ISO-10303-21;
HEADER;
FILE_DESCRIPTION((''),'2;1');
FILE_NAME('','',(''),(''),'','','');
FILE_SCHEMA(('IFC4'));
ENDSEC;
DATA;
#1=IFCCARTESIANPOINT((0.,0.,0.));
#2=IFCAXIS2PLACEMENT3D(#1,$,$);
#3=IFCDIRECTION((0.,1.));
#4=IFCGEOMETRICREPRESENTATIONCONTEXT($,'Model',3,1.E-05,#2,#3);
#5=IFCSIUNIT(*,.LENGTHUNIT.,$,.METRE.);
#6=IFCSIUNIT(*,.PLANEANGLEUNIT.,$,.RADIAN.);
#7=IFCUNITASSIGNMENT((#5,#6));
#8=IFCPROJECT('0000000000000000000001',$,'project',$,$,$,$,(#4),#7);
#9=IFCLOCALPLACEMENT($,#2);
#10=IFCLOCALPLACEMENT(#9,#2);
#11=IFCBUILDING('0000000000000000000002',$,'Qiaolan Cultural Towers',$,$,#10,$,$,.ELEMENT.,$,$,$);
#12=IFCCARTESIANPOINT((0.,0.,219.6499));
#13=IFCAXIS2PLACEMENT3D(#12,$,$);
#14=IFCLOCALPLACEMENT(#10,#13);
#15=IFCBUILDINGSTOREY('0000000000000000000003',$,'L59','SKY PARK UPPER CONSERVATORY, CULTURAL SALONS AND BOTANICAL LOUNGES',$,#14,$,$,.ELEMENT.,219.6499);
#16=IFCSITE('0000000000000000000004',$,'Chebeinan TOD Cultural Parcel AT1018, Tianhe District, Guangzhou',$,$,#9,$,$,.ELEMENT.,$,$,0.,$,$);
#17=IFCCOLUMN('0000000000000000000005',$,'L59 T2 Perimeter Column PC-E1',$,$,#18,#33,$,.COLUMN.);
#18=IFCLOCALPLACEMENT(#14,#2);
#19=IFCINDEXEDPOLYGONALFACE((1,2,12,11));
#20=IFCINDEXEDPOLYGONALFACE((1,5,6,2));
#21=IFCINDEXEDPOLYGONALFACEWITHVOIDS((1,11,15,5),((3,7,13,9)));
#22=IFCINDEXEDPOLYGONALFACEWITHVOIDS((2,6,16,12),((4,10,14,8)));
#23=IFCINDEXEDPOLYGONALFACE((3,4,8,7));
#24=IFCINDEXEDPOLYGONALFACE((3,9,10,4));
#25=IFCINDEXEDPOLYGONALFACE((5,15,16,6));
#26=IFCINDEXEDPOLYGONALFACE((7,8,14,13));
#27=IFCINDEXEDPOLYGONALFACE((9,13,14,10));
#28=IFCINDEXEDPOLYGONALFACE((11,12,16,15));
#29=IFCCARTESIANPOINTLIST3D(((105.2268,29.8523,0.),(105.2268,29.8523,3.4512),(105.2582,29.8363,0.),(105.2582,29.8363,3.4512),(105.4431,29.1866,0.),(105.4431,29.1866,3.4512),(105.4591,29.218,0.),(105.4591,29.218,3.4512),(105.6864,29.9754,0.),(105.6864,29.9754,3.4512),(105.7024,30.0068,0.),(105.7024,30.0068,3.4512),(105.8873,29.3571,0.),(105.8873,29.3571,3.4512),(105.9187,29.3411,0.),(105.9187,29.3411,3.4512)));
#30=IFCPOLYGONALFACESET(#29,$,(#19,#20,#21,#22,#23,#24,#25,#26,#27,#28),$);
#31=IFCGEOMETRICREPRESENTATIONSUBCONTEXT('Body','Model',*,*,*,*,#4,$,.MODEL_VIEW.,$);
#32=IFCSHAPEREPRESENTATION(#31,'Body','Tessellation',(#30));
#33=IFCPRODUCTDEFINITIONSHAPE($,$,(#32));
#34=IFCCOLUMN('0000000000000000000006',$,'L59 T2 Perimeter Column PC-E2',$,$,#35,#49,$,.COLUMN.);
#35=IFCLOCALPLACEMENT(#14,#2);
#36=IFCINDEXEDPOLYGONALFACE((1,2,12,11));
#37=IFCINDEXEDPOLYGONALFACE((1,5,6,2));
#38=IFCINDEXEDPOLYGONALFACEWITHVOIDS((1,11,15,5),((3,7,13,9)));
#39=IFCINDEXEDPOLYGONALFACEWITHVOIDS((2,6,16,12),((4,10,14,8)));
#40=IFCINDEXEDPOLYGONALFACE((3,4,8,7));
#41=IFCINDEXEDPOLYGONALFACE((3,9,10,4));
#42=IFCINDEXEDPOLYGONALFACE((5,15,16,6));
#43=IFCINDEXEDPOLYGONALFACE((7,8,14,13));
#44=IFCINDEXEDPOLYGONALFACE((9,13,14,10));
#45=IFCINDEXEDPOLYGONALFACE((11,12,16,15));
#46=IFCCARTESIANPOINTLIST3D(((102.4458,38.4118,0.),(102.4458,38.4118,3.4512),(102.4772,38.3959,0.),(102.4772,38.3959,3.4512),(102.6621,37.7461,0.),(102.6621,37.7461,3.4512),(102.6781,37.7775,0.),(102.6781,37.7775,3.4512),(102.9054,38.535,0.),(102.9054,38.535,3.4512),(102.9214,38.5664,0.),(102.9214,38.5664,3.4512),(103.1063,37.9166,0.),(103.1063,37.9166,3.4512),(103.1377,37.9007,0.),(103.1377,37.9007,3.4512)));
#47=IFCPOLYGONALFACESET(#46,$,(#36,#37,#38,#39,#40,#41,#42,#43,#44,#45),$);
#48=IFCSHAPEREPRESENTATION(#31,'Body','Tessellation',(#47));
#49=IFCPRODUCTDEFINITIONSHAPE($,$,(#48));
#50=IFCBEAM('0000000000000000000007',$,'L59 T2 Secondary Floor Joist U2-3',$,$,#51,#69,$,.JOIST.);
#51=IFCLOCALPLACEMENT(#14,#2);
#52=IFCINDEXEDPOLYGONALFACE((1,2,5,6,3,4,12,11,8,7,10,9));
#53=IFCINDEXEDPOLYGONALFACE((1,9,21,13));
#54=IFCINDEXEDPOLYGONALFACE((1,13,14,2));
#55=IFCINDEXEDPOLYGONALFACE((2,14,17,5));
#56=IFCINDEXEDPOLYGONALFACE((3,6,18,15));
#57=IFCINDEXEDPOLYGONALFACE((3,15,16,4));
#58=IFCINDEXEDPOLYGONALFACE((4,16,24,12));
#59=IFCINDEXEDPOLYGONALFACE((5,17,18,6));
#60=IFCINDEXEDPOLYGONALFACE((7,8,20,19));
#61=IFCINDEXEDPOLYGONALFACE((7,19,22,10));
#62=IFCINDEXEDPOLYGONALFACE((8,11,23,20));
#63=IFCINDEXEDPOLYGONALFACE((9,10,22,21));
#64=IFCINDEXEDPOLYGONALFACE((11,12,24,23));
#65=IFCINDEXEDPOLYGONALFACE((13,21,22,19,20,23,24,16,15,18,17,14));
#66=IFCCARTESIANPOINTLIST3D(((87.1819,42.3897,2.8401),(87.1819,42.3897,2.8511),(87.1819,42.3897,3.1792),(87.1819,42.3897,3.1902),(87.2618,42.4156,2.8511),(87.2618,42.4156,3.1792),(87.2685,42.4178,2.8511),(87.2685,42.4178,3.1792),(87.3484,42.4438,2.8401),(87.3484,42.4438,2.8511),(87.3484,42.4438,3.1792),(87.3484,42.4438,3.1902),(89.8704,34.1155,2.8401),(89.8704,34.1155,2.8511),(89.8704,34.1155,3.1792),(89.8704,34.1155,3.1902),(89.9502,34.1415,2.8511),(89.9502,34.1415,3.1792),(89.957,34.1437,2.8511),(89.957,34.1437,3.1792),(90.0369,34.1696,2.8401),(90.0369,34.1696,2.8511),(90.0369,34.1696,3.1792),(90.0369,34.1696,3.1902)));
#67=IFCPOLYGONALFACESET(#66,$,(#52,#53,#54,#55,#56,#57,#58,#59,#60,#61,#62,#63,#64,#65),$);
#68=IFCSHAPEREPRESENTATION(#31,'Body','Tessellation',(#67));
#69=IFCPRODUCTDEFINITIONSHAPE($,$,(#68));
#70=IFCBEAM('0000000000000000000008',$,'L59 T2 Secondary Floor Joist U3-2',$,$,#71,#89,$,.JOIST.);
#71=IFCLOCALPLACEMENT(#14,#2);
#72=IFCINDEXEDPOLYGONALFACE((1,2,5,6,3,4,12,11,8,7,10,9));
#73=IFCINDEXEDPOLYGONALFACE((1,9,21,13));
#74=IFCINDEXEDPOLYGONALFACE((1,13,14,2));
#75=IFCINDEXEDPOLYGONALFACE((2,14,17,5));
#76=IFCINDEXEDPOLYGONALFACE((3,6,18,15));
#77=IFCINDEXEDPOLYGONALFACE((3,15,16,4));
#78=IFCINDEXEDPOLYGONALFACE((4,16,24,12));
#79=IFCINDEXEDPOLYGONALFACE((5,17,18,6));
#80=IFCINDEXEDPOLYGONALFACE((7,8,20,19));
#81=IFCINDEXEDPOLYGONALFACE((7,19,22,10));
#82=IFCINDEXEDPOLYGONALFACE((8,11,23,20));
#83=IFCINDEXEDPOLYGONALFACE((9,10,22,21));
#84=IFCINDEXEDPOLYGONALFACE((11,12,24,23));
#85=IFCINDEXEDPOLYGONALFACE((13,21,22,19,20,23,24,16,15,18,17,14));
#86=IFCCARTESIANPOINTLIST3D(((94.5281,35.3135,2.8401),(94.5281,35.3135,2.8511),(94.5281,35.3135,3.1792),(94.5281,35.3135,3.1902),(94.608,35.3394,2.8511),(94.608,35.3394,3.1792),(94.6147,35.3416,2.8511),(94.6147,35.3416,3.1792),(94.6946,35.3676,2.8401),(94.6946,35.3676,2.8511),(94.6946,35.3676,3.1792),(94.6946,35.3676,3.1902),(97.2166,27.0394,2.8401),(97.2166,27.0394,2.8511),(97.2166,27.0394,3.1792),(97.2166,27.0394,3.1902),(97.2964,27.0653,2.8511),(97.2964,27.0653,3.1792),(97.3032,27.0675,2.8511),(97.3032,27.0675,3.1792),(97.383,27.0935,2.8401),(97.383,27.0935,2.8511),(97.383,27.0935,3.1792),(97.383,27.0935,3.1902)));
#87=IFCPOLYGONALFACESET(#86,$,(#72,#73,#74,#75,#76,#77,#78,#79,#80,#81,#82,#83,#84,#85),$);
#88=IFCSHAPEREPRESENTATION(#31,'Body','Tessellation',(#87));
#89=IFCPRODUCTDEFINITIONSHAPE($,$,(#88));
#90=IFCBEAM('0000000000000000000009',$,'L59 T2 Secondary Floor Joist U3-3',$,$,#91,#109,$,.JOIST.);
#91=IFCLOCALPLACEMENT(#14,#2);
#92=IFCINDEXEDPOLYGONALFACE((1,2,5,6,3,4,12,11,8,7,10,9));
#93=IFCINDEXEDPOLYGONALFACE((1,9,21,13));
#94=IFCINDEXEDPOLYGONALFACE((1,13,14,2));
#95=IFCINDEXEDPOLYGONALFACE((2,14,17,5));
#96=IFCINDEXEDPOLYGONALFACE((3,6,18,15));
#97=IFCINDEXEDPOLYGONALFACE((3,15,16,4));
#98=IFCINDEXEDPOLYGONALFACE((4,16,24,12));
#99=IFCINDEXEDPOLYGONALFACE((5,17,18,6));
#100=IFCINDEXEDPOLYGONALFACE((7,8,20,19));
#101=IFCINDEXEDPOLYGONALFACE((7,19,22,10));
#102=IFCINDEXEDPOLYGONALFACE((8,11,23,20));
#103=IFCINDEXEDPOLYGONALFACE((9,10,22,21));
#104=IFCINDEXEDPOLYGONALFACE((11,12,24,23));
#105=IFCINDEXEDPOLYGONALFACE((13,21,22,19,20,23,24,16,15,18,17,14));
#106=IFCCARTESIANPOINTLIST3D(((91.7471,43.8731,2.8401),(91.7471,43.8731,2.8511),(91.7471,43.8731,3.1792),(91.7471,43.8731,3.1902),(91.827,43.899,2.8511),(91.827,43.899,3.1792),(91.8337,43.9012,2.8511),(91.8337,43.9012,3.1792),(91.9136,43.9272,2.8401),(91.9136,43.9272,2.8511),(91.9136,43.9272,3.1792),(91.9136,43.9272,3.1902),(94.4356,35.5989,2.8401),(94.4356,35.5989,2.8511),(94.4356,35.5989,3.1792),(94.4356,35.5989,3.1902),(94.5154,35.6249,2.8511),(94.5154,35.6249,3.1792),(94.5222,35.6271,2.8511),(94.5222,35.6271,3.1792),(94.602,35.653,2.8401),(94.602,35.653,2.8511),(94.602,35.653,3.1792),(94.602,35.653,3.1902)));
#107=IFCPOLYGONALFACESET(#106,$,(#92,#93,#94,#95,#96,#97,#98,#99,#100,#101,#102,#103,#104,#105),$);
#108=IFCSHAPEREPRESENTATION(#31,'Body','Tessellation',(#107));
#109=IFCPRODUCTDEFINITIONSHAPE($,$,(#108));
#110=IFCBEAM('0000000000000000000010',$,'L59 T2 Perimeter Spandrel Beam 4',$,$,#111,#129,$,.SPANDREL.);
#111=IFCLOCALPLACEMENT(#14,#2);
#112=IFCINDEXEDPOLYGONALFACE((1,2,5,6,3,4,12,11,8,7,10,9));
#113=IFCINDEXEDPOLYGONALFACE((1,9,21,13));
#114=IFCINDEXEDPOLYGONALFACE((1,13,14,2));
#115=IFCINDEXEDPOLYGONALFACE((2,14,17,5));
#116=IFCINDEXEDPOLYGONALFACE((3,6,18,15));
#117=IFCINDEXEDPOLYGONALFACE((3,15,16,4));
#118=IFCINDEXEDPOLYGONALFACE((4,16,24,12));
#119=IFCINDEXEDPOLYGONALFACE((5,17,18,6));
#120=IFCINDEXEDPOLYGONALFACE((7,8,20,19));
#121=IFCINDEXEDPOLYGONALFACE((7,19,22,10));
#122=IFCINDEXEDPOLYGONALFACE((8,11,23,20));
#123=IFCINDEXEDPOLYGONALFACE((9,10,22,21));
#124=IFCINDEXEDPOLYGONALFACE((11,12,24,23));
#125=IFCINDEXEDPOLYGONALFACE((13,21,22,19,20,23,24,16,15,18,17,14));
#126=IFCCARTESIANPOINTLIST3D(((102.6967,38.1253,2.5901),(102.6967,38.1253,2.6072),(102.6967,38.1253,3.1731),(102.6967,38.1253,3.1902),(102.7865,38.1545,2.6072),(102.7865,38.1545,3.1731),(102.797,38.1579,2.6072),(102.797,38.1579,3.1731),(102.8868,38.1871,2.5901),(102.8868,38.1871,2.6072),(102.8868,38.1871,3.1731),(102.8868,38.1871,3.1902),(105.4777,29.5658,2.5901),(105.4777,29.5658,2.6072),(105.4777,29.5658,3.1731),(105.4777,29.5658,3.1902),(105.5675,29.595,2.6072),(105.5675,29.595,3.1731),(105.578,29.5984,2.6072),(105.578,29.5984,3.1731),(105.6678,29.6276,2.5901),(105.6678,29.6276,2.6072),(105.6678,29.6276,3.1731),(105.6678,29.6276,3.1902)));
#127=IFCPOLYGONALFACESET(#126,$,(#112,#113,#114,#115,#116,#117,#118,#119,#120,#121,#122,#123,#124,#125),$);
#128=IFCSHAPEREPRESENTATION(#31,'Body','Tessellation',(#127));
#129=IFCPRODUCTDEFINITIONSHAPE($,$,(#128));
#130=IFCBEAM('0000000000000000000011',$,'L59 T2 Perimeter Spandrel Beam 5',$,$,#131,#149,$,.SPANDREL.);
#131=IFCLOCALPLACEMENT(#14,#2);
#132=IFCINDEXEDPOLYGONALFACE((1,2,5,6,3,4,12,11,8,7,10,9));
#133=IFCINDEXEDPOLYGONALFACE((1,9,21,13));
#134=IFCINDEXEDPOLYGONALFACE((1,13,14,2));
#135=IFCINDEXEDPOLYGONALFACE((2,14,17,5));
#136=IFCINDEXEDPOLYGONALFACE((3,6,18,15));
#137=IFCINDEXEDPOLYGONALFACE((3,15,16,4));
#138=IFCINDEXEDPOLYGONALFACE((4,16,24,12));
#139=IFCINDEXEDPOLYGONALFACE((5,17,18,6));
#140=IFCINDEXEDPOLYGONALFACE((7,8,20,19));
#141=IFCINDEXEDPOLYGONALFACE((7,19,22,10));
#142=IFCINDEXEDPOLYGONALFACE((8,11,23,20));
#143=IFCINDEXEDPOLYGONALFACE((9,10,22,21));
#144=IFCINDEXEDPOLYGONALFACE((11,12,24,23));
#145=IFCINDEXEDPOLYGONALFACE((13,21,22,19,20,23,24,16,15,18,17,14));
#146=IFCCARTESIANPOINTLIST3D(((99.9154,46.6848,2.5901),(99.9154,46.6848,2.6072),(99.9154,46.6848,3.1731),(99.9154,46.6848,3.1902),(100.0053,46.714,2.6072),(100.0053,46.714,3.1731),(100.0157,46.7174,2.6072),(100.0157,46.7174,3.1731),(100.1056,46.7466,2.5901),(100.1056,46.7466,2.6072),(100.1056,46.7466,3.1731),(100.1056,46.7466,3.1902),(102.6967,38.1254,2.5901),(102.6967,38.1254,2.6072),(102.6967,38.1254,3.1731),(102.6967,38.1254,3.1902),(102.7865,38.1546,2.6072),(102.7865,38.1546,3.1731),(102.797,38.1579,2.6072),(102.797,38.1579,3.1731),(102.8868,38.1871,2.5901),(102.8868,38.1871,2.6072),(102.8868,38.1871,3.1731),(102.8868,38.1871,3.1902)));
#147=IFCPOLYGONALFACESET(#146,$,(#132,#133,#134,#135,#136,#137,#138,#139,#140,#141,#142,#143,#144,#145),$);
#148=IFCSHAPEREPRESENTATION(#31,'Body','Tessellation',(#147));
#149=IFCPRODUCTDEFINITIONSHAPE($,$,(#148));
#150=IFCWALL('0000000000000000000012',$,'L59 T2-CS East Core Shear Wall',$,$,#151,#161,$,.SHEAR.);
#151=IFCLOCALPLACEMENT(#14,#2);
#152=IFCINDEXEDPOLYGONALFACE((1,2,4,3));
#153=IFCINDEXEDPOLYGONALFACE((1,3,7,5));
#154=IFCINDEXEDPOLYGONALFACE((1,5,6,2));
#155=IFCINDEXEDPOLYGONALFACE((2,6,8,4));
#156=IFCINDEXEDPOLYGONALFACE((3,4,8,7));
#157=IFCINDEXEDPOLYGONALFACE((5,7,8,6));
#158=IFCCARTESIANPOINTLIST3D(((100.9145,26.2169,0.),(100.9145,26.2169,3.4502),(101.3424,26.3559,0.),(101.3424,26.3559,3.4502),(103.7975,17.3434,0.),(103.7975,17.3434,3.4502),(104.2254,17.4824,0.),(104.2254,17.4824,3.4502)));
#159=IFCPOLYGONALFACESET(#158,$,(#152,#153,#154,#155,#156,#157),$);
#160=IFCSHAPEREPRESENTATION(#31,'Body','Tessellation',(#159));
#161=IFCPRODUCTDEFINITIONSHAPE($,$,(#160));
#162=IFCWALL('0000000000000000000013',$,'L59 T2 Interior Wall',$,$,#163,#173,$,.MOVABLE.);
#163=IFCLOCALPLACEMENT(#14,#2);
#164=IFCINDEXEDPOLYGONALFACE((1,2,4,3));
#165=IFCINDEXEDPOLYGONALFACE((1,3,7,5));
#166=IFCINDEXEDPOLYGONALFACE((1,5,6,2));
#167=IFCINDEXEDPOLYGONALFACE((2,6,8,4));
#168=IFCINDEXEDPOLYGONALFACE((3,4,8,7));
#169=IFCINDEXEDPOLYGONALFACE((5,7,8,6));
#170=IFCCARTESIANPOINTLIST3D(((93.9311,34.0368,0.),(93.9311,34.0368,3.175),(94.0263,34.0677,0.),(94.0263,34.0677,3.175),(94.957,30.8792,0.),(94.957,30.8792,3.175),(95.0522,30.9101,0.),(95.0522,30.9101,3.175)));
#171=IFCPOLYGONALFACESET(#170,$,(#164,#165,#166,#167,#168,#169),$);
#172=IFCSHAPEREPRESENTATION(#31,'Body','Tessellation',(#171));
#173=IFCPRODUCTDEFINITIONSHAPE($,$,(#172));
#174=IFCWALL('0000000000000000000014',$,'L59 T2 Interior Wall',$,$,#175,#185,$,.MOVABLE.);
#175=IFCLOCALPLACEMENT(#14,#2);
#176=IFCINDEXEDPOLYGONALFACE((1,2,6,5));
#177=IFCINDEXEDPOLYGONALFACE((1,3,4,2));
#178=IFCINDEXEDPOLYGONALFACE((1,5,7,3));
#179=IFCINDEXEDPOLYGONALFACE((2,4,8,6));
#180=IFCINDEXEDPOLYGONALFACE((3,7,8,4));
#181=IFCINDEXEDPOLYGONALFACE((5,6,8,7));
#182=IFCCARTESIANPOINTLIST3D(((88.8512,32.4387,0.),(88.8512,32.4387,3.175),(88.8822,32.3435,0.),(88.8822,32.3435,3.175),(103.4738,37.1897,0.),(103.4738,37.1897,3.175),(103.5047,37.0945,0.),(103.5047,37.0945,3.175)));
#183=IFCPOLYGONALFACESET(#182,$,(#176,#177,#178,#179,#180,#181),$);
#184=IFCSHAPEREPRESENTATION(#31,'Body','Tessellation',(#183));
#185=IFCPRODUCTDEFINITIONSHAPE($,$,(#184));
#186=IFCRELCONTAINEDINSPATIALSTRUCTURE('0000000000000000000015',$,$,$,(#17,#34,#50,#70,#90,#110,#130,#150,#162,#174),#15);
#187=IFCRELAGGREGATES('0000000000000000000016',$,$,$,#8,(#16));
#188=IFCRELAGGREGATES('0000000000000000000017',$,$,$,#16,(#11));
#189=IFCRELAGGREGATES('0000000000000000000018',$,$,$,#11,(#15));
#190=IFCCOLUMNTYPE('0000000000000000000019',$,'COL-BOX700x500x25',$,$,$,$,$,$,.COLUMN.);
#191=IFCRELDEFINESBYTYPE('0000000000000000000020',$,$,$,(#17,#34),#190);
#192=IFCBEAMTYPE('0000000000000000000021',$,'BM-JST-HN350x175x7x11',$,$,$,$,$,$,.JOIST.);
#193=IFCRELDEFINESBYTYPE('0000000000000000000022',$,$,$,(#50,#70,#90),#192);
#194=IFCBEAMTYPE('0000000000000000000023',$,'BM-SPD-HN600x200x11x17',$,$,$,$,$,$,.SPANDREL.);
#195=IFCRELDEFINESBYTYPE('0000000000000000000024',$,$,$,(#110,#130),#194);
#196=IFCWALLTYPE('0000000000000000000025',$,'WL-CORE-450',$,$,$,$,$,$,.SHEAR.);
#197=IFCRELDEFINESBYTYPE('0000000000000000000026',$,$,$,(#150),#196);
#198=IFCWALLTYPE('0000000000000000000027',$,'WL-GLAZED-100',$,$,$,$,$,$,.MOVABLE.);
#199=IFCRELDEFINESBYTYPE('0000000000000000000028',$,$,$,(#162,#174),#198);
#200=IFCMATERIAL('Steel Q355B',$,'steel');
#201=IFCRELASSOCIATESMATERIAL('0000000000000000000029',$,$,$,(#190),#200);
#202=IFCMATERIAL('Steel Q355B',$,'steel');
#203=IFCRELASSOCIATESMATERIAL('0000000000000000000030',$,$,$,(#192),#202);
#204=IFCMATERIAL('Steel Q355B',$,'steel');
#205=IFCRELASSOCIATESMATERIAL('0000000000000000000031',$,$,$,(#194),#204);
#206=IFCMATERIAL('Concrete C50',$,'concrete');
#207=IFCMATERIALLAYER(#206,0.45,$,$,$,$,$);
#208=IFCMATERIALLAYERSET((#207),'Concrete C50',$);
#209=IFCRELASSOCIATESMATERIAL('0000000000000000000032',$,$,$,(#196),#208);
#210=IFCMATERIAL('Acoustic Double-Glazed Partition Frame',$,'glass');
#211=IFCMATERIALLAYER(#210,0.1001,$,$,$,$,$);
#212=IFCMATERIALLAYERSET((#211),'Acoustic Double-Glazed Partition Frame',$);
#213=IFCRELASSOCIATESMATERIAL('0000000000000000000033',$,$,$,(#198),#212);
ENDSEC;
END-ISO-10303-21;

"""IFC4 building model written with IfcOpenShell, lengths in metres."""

from ifc_helpers import new_model, si_unit, direction, frame, frame_2d, origin, origin_2d, place, context, subcontext, project, spatial, rectangle, hollow_rectangle, i_section, extrude, material, layer, layer_set, material_profile, profile_set, type_object, element, save


model = new_model("IFC4")

# Units and contexts
model_context = context("Model", 3, precision=1e-05, world=origin(), true_north=direction((0.0, 1.0)))
body_context = subcontext(model_context, "Body", "Model", "MODEL_VIEW")
ifc_project = project(units=[si_unit("LENGTHUNIT", "METRE"), si_unit("PLANEANGLEUNIT", "RADIAN")], contexts=[model_context])

# Site, building, storey
site_placement = place(None, origin())
site = spatial("IfcSite", under=ifc_project, at=site_placement, Name="Chebeinan TOD Cultural Parcel AT1018, Tianhe District, Guangzhou", CompositionType="ELEMENT", RefElevation=0.0)
building_placement = place(site_placement, origin())
building = spatial("IfcBuilding", under=site, at=building_placement, Name="Qiaolan Cultural Towers", CompositionType="ELEMENT")
storey_placement = place(building_placement, frame((0.0, 0.0, 219.6499)))
storey = spatial("IfcBuildingStorey", under=building, at=storey_placement, Name="L59", Description="SKY PARK UPPER CONSERVATORY, CULTURAL SALONS AND BOTANICAL LOUNGES", CompositionType="ELEMENT", Elevation=219.6499)

# Columns
ifc_material_1 = material(Name="Steel Q355B", Category="steel")
ifc_material_profile_1 = material_profile(ifc_material_1, hollow_rectangle(XDim=0.5, YDim=0.7, WallThickness=0.0249, at=origin_2d()), Name="BOX700x500x25")
ifc_profile_set_1 = profile_set([ifc_material_profile_1], Name="Steel Q355B")
column_type = type_object("IfcColumnType", Name="COL-BOX700x500x25", PredefinedType="COLUMN", material=ifc_profile_set_1)
for number, where, z_axis, x_axis, name in (
    (1, (105.5728, 29.5967, 0.0), (0.0, 0.0, 1.0), (0.951057, 0.309017, 0.0), "L59 T2 Perimeter Column PC-E1"),
    (2, (102.7917, 38.1562, 0.0), (0.0, 0.0, 1.0), (0.951057, 0.309017, 0.0), "L59 T2 Perimeter Column PC-E2"),
):
    element("IfcColumn", number, at=place(storey_placement, frame(where, z_axis=z_axis, x_axis=x_axis)), inside=storey, type_object=column_type, Name=name, PredefinedType="COLUMN", context=body_context, shape_type="SweptSolid", body=[
        extrude(hollow_rectangle(XDim=0.5, YDim=0.7, WallThickness=0.0249, at=origin_2d()), origin(), (0.0, 0.0, 1.0), 3.4512),
    ])

# Beams
ifc_material_2 = material(Name="Steel Q355B", Category="steel")
ifc_material_profile_2 = material_profile(ifc_material_2, i_section(OverallWidth=0.175, OverallDepth=0.3501, WebThickness=0.0071, FlangeThickness=0.011, at=origin_2d()), Name="HN350x175x7x11")
ifc_profile_set_2 = profile_set([ifc_material_profile_2], Name="Steel Q355B")
beam_type_1 = type_object("IfcBeamType", Name="BM-JST-HN350x175x7x11", PredefinedType="JOIST", material=ifc_profile_set_2)
for number, where, z_axis, x_axis, name in (
    (3, (89.9536, 34.1426, 3.0151), (-0.309021, 0.951055, 0.0), (-0.951055, -0.309021, 0.0), "L59 T2 Secondary Floor Joist U2-3"),
    (4, (97.2998, 27.0664, 3.0151), (-0.309021, 0.951055, 0.0), (-0.951055, -0.309021, 0.0), "L59 T2 Secondary Floor Joist U3-2"),
    (5, (94.5188, 35.626, 3.0151), (-0.309021, 0.951055, 0.0), (-0.951055, -0.309021, 0.0), "L59 T2 Secondary Floor Joist U3-3"),
):
    element("IfcBeam", number, at=place(storey_placement, frame(where, z_axis=z_axis, x_axis=x_axis)), inside=storey, type_object=beam_type_1, Name=name, PredefinedType="JOIST", context=body_context, shape_type="SweptSolid", body=[
        extrude(i_section(OverallWidth=0.175, OverallDepth=0.3501, WebThickness=0.0071, FlangeThickness=0.011, at=origin_2d()), origin(), (0.0, 0.0, 1.0), 8.7),
    ])
ifc_material_3 = material(Name="Steel Q355B", Category="steel")
ifc_material_profile_3 = material_profile(ifc_material_3, i_section(OverallWidth=0.2, OverallDepth=0.6001, WebThickness=0.011, FlangeThickness=0.0171, at=origin_2d()), Name="HN600x200x11x17")
ifc_profile_set_3 = profile_set([ifc_material_profile_3], Name="Steel Q355B")
beam_type_2 = type_object("IfcBeamType", Name="BM-SPD-HN600x200x11x17", PredefinedType="SPANDREL", material=ifc_profile_set_3)
for number, where, z_axis, x_axis, name in (
    (6, (105.5728, 29.5967, 2.8901), (-0.309, 0.951062, 0.0), (-0.951062, -0.309, 0.0), "L59 T2 Perimeter Spandrel Beam 4"),
    (7, (102.7917, 38.1562, 2.8901), (-0.309025, 0.951054, 0.0), (-0.951054, -0.309025, 0.0), "L59 T2 Perimeter Spandrel Beam 5"),
):
    element("IfcBeam", number, at=place(storey_placement, frame(where, z_axis=z_axis, x_axis=x_axis)), inside=storey, type_object=beam_type_2, Name=name, PredefinedType="SPANDREL", context=body_context, shape_type="SweptSolid", body=[
        extrude(i_section(OverallWidth=0.2, OverallDepth=0.6001, WebThickness=0.011, FlangeThickness=0.0171, at=origin_2d()), origin(), (0.0, 0.0, 1.0), 9.0),
    ])

# Walls
ifc_material_4 = material(Name="Concrete C50", Category="concrete")
ifc_layer_1 = layer(ifc_material_4, 0.45)
ifc_layer_set_1 = layer_set([ifc_layer_1], Name="Concrete C50")
wall_type_1 = type_object("IfcWallType", Name="WL-CORE-450", PredefinedType="SHEAR", material=ifc_layer_set_1)
wall_1_placement = place(storey_placement, frame((101.1284, 26.2864, 0.0), z_axis=(0.0, 0.0, 1.0), x_axis=(0.309004, -0.951061, 0.0)))
element("IfcWall", 8, at=wall_1_placement, inside=storey, type_object=wall_type_1, Name="L59 T2-CS East Core Shear Wall", PredefinedType="SHEAR", context=body_context, shape_type="SweptSolid", body=[
    extrude(rectangle(XDim=9.3301, YDim=0.45, at=frame_2d((4.665, 0.0))), origin(), (0.0, 0.0, 1.0), 3.4502),
])
ifc_material_5 = material(Name="Acoustic Double-Glazed Partition Frame", Category="glass")
ifc_layer_2 = layer(ifc_material_5, 0.1001)
ifc_layer_set_2 = layer_set([ifc_layer_2], Name="Acoustic Double-Glazed Partition Frame")
wall_type_2 = type_object("IfcWallType", Name="WL-GLAZED-100", PredefinedType="MOVABLE", material=ifc_layer_set_2)
wall_2_placement = place(storey_placement, frame((95.0046, 30.8945, 0.0), z_axis=(0.0, 0.0, 1.0), x_axis=(-0.309005, 0.951061, 0.0)))
element("IfcWall", 9, at=wall_2_placement, inside=storey, type_object=wall_type_2, Name="L59 T2 Interior Wall", PredefinedType="MOVABLE", context=body_context, shape_type="SweptSolid", body=[
    extrude(rectangle(XDim=3.3201, YDim=0.1001, at=frame_2d((1.6602, 0.0))), origin(), (0.0, 0.0, 1.0), 3.175),
])
wall_3_placement = place(storey_placement, frame((88.8667, 32.3911, 0.0), z_axis=(0.0, 0.0, 1.0), x_axis=(0.95106, 0.309006, 0.0)))
element("IfcWall", 10, at=wall_3_placement, inside=storey, type_object=wall_type_2, Name="L59 T2 Interior Wall", PredefinedType="MOVABLE", context=body_context, shape_type="SweptSolid", body=[
    extrude(rectangle(XDim=15.375, YDim=0.1001, at=frame_2d((7.6875, 0.0))), origin(), (0.0, 0.0, 1.0), 3.175),
])

save(model, "model.ifc")
